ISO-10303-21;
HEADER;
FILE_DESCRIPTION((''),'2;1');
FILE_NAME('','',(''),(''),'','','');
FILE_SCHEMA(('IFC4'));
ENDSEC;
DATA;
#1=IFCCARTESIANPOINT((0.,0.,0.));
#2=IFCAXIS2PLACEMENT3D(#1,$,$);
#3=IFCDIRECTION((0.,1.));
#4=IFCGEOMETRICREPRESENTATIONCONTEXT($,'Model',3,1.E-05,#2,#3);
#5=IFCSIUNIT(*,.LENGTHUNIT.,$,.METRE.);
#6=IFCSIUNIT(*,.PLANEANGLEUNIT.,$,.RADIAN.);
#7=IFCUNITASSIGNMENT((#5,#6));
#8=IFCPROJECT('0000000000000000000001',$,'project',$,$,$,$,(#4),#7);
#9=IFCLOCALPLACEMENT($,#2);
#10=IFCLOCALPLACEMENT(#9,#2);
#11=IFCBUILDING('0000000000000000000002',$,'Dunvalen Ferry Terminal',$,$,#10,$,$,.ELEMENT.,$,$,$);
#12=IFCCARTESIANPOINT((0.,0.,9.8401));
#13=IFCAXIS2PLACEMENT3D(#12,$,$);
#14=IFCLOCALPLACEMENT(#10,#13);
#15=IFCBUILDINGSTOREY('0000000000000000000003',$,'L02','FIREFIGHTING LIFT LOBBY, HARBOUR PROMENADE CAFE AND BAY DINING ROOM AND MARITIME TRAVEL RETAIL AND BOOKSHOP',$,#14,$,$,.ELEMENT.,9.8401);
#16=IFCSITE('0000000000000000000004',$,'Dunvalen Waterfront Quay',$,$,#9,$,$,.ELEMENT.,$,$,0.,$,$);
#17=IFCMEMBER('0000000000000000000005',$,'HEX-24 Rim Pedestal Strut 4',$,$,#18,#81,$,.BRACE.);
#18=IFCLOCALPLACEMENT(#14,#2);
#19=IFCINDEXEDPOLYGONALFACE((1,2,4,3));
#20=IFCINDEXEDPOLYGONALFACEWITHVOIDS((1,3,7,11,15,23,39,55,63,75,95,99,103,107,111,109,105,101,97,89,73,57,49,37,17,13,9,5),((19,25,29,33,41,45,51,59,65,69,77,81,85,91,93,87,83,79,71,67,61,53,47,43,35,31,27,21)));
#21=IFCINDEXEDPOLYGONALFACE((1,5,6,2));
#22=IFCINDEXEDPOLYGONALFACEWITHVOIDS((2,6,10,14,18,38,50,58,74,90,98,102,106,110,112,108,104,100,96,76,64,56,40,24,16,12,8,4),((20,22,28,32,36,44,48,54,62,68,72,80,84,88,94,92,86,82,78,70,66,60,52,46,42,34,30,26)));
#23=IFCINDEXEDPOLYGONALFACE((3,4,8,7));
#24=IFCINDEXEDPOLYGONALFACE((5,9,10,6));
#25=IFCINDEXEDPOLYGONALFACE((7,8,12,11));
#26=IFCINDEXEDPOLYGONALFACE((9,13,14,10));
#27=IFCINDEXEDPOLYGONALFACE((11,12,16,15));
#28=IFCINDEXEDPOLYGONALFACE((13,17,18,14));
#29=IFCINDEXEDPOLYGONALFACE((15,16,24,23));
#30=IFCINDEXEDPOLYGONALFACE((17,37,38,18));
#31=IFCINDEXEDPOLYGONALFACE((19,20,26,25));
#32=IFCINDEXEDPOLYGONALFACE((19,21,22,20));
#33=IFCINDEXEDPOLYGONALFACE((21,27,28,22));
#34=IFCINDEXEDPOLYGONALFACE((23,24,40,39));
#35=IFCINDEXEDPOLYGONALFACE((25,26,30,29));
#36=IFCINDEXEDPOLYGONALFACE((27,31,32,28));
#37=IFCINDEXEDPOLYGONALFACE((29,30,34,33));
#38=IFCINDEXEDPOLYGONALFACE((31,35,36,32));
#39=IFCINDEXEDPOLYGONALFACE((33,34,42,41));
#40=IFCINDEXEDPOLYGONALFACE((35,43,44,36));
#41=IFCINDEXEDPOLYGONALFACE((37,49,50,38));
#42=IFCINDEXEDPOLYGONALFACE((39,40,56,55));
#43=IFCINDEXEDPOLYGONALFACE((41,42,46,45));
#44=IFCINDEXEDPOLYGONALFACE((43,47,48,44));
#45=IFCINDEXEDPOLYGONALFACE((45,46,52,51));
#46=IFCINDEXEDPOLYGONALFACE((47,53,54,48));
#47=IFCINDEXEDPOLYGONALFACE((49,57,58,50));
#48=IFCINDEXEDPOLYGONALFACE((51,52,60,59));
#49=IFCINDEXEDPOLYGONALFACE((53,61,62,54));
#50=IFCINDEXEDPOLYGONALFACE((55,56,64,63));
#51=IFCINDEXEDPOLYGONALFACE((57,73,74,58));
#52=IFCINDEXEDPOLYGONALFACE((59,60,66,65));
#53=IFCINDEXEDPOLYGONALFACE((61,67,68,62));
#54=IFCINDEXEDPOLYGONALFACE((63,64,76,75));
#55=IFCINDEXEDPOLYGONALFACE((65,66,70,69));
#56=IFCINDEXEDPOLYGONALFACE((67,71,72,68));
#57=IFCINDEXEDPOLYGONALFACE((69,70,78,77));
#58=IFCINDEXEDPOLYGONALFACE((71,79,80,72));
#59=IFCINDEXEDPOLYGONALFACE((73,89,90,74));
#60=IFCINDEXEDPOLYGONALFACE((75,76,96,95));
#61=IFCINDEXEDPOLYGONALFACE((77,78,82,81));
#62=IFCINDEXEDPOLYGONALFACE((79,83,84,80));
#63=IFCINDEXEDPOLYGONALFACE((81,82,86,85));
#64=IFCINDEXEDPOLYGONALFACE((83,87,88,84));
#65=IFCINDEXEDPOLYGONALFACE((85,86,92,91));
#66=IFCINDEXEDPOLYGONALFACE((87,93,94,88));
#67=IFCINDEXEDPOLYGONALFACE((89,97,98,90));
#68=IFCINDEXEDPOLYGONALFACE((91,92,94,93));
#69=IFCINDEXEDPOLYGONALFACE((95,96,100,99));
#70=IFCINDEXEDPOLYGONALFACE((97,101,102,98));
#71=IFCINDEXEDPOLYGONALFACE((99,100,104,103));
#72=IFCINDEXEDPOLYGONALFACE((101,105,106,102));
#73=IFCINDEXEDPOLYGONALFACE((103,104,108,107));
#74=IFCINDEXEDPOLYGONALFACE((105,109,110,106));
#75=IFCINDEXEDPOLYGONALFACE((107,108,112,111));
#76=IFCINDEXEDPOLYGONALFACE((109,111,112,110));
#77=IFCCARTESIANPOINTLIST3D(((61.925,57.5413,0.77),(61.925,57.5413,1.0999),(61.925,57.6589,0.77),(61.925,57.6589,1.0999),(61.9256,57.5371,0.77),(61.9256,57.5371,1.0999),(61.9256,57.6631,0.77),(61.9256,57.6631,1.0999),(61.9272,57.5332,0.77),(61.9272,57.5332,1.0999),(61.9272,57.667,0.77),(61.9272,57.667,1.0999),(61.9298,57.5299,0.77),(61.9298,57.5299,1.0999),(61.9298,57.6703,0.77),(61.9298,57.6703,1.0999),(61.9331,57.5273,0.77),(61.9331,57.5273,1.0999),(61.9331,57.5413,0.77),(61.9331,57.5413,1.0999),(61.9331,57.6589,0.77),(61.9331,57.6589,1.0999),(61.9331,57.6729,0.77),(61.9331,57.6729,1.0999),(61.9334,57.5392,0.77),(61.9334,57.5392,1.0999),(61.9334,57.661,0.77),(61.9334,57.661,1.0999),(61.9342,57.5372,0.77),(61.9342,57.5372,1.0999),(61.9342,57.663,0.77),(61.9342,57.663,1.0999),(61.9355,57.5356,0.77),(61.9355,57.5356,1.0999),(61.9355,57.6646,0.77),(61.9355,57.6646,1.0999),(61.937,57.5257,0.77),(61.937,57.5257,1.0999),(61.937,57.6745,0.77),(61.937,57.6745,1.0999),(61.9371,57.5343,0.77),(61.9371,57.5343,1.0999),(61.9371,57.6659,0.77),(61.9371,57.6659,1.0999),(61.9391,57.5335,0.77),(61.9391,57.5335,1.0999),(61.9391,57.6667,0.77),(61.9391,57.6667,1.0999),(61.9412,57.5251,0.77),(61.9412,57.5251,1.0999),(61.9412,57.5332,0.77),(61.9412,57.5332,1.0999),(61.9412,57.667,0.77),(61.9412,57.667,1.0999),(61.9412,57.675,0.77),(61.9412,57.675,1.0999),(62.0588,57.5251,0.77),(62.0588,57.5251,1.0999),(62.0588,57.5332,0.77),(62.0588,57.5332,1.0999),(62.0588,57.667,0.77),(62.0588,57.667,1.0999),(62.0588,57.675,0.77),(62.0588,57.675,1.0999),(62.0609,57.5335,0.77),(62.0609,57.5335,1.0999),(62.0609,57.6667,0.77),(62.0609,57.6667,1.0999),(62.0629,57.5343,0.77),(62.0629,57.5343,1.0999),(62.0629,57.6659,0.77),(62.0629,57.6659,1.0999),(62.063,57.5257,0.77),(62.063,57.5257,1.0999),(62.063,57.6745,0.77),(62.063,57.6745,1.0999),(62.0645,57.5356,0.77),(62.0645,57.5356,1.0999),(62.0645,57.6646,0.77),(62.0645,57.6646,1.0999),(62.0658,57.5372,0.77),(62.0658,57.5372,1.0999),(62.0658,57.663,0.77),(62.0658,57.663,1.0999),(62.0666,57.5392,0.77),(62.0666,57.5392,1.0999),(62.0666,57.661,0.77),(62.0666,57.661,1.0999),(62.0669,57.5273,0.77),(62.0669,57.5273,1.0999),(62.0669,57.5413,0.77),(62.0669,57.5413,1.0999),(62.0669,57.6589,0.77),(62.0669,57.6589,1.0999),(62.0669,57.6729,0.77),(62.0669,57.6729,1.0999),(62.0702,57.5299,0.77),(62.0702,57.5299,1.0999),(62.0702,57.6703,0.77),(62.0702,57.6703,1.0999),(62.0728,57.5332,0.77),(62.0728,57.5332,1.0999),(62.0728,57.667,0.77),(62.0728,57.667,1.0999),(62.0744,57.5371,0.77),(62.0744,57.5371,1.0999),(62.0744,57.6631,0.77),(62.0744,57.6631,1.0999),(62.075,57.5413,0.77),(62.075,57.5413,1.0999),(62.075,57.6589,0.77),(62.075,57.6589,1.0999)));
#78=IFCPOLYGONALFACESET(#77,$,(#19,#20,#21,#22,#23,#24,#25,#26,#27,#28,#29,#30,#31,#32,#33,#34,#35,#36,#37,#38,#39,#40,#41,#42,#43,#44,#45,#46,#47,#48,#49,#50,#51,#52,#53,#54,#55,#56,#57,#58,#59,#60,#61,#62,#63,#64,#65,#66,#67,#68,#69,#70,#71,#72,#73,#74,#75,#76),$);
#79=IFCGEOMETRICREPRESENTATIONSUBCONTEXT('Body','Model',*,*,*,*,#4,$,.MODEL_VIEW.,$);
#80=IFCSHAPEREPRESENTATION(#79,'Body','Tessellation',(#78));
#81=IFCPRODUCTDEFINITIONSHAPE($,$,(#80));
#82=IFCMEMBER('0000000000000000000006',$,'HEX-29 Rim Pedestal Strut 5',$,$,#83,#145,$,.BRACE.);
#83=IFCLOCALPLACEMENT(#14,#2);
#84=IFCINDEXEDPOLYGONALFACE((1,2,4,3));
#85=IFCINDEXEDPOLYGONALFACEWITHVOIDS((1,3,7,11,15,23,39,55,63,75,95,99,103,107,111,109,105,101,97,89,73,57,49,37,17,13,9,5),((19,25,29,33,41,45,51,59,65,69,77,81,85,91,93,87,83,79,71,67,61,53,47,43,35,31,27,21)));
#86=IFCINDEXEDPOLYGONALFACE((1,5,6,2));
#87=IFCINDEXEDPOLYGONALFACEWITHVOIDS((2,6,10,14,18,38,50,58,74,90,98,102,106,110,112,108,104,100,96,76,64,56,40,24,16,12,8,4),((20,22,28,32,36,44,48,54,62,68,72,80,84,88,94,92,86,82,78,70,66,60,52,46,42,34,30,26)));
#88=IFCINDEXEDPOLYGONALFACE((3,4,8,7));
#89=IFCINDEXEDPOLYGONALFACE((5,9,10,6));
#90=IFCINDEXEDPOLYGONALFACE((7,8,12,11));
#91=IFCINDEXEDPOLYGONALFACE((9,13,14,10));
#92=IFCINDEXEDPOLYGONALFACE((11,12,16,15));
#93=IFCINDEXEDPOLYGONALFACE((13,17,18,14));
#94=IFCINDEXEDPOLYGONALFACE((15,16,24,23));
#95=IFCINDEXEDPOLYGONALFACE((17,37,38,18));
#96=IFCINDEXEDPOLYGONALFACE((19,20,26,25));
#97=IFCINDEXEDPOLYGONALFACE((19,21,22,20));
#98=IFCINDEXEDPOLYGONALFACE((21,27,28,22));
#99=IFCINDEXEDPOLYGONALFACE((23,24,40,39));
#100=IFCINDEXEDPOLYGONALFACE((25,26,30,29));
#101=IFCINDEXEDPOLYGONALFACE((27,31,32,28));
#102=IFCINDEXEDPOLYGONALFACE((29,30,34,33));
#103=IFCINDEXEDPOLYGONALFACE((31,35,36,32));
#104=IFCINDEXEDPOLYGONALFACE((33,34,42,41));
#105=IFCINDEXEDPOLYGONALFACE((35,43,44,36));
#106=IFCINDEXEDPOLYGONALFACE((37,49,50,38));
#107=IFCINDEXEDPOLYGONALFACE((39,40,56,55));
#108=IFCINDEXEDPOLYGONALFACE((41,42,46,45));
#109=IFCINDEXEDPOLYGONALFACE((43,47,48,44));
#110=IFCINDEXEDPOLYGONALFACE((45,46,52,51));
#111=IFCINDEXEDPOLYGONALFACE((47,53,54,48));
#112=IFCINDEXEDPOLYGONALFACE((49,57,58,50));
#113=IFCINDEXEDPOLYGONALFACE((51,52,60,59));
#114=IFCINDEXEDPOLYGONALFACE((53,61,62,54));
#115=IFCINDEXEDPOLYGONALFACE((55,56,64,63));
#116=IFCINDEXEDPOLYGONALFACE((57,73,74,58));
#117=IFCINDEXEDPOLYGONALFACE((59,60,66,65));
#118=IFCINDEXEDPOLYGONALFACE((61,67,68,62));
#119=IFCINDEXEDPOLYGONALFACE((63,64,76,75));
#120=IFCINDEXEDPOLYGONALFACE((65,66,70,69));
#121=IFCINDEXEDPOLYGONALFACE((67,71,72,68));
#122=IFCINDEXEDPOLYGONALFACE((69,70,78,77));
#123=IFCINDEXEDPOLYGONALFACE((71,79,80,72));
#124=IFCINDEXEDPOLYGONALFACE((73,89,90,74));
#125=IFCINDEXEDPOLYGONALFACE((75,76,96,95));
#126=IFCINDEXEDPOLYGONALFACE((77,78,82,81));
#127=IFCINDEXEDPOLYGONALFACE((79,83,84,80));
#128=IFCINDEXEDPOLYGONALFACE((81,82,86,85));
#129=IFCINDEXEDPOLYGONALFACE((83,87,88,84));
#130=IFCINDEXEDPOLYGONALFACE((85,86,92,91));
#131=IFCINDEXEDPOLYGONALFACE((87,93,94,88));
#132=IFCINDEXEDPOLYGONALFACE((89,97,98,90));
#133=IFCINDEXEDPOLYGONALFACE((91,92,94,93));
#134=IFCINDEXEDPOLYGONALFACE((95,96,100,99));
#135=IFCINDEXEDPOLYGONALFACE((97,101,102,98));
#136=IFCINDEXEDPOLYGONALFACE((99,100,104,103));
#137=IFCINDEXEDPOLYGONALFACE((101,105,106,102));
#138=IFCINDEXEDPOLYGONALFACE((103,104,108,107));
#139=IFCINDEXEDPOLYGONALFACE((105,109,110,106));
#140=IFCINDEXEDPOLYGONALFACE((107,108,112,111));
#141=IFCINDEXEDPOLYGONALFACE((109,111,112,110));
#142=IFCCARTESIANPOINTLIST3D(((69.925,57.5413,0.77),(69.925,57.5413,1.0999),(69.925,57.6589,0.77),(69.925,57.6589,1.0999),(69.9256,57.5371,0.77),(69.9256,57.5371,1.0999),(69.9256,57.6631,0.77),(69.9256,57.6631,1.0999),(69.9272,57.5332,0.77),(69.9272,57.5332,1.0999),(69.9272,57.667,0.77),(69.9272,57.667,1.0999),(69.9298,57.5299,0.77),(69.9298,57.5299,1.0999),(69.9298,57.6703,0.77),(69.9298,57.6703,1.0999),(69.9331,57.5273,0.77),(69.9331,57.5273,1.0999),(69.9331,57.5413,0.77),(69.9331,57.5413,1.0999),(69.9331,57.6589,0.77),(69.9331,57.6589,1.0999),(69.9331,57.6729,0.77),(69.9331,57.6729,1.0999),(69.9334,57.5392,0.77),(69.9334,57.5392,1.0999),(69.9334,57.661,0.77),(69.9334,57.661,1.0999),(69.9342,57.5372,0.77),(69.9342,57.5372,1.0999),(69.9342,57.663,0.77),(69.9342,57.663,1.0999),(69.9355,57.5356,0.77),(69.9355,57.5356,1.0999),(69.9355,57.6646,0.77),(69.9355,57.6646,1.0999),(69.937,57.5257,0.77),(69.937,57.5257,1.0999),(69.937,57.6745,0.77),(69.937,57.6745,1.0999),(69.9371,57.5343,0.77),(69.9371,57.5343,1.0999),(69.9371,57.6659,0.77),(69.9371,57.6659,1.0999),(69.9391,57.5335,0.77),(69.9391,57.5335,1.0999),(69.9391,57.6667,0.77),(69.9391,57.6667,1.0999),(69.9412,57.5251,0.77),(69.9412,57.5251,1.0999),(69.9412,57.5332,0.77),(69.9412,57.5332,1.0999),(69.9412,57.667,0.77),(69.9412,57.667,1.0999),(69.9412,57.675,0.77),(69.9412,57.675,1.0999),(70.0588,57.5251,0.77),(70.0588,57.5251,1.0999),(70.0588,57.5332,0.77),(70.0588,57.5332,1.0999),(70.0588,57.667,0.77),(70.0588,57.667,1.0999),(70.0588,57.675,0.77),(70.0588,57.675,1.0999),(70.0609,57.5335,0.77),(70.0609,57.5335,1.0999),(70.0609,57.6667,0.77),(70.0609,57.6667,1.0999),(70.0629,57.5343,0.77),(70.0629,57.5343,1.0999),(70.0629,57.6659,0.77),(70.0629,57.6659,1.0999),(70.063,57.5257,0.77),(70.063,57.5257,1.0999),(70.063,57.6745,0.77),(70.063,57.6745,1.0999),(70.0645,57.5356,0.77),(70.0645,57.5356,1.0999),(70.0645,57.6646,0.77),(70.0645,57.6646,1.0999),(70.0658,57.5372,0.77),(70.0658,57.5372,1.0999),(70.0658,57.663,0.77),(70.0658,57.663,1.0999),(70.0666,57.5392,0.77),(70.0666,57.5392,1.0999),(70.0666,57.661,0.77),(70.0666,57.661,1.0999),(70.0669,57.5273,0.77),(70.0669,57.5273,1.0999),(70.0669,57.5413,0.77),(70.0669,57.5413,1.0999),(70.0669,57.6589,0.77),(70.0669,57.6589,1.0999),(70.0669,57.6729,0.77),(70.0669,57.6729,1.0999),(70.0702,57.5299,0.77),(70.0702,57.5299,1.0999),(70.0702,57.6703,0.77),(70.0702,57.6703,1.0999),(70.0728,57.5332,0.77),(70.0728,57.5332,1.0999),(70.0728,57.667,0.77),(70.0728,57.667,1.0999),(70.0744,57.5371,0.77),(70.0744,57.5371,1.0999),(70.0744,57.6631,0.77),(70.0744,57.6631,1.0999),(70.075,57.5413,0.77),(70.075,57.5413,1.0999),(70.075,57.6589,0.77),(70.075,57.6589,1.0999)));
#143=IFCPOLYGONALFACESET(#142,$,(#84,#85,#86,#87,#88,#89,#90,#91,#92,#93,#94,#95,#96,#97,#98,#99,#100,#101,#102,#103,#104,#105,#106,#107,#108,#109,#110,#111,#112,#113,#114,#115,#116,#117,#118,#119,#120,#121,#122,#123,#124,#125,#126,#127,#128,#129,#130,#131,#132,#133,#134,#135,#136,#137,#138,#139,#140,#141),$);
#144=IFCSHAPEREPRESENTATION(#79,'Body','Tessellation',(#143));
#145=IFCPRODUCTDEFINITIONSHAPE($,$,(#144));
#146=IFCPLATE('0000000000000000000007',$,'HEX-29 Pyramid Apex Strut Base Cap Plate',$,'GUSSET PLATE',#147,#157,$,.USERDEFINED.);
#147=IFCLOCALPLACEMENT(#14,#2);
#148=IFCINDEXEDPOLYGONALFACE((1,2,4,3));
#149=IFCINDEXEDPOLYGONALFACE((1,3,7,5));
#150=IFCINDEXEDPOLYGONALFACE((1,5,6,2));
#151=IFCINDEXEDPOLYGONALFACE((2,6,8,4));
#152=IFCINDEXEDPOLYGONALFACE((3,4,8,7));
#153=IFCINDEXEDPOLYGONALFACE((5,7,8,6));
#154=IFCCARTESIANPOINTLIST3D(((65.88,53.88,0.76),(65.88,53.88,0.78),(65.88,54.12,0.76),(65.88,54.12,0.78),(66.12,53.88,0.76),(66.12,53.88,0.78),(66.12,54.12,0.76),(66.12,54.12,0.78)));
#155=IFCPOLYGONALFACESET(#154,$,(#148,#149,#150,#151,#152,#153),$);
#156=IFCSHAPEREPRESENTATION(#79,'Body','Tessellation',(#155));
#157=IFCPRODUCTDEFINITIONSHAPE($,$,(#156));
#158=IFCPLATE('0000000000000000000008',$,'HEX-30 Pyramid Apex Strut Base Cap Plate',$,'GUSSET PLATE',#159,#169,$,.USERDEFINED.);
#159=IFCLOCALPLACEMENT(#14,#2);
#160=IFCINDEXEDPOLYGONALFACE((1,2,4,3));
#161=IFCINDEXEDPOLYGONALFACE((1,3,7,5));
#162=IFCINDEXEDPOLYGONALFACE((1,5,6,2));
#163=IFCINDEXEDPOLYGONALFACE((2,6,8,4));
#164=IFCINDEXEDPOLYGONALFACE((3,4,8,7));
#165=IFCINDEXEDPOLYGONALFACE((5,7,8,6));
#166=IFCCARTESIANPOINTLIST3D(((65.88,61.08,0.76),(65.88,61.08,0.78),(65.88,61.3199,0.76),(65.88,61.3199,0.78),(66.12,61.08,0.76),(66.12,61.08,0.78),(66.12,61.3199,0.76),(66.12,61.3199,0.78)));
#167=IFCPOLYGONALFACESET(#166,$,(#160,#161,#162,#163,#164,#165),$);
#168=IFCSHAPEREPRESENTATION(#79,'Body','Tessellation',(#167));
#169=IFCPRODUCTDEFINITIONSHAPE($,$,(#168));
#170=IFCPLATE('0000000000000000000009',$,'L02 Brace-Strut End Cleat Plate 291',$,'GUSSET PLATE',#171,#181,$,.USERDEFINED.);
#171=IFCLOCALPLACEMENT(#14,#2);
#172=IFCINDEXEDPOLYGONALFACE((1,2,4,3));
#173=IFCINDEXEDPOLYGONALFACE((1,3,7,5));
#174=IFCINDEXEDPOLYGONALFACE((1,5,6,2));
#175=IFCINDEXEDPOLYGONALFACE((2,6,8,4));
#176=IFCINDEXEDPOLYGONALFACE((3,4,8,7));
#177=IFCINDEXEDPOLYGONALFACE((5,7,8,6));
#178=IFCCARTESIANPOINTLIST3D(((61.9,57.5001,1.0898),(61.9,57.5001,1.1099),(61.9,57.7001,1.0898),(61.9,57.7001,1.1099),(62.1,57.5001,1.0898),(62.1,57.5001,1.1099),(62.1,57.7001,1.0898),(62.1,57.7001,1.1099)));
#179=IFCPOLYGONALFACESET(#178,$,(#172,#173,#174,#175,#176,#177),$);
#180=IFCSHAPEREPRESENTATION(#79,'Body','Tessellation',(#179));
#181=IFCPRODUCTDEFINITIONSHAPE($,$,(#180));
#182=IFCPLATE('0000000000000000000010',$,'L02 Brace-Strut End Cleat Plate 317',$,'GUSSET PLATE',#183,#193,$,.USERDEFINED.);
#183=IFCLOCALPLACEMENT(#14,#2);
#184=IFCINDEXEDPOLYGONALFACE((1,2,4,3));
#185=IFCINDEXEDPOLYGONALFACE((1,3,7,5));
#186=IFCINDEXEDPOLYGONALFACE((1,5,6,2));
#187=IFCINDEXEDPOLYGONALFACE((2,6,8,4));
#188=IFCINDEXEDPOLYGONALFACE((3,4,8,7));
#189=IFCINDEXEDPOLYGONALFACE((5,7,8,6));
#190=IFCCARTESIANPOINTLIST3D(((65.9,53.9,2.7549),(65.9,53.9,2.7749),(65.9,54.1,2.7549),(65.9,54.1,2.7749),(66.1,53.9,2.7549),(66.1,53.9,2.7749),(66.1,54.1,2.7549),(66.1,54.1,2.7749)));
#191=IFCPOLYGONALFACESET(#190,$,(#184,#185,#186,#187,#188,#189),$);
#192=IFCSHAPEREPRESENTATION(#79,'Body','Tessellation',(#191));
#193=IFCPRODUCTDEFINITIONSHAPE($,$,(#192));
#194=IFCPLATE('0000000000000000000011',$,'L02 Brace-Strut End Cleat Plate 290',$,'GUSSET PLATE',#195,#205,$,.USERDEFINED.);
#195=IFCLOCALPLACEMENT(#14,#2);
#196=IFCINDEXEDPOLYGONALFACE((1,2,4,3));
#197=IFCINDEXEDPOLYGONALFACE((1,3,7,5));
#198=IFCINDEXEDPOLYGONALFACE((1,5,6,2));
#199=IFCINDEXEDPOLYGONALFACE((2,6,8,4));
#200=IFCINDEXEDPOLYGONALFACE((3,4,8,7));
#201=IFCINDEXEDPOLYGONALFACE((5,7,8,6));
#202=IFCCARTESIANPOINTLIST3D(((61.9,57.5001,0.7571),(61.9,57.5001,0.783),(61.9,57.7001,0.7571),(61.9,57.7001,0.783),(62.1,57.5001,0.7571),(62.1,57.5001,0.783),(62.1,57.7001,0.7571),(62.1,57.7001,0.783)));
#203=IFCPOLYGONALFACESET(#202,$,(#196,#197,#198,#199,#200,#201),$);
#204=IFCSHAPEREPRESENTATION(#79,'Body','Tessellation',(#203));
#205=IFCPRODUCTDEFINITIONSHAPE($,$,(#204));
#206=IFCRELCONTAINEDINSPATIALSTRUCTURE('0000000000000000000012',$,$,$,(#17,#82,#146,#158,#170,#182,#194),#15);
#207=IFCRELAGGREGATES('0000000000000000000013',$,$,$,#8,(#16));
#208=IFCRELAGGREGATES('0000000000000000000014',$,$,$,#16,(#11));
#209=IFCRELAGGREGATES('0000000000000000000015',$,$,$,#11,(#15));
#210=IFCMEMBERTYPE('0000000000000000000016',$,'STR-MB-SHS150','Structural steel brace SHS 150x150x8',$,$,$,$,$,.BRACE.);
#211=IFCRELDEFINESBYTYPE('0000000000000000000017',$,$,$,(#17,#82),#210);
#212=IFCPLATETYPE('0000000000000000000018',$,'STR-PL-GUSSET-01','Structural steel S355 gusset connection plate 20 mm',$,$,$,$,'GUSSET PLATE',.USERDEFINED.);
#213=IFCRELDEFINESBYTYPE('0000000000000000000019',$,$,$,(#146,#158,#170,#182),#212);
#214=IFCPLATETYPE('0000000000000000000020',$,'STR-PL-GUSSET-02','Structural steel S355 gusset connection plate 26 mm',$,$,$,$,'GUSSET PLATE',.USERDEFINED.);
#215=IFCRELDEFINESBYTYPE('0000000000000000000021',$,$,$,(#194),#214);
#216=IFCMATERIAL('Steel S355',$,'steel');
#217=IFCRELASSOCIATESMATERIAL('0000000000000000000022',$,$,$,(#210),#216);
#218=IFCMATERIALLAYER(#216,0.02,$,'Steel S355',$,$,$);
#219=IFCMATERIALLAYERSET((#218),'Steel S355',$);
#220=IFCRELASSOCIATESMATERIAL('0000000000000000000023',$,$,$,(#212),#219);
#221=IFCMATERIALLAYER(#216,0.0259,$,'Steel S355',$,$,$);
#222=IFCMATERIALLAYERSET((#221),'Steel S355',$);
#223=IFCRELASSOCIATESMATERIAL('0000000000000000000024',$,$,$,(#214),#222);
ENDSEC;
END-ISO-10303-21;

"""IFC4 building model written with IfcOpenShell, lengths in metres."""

from ifc_helpers import new_model, si_unit, direction, frame, origin, origin_2d, place, context, subcontext, project, spatial, rectangle, hollow_rectangle, extrude, material, layer, layer_set, material_profile, profile_set, type_object, element, save


model = new_model("IFC4")

# Units and contexts
model_context = context("Model", 3, precision=1e-05, world=origin(), true_north=direction((0.0, 1.0)))
body_context = subcontext(model_context, "Body", "Model", "MODEL_VIEW")
ifc_project = project(units=[si_unit("LENGTHUNIT", "METRE"), si_unit("PLANEANGLEUNIT", "RADIAN")], contexts=[model_context])

# Site, building, storey
site_placement = place(None, origin())
site = spatial("IfcSite", under=ifc_project, at=site_placement, Name="Dunvalen Waterfront Quay", CompositionType="ELEMENT", RefElevation=0.0)
building_placement = place(site_placement, origin())
building = spatial("IfcBuilding", under=site, at=building_placement, Name="Dunvalen Ferry Terminal", CompositionType="ELEMENT")
storey_placement = place(building_placement, frame((0.0, 0.0, 9.8401)))
storey = spatial("IfcBuildingStorey", under=building, at=storey_placement, Name="L02", Description="FIREFIGHTING LIFT LOBBY, HARBOUR PROMENADE CAFE AND BAY DINING ROOM AND MARITIME TRAVEL RETAIL AND BOOKSHOP", CompositionType="ELEMENT", Elevation=9.8401)

# Shared definitions
ifc_material_1 = material(Name="Steel S355", Category="steel")

# Members
ifc_material_profile_1 = material_profile(ifc_material_1, hollow_rectangle(XDim=0.1499, YDim=0.1499, WallThickness=0.0081, InnerFilletRadius=0.0081, OuterFilletRadius=0.0161, at=origin_2d()), Name="Steel S355")
ifc_profile_set_1 = profile_set([ifc_material_profile_1], Name="Steel S355")
member_type_1 = type_object("IfcMemberType", Name="STR-MB-SHS150", Description="Structural steel brace SHS 150x150x8", PredefinedType="BRACE", material=ifc_profile_set_1)
for number, where, z_axis, x_axis, name in (
    (1, (62.0, 57.6001, 0.77), (0.0, 0.0, 1.0), (1.0, 0.0, 0.0), "HEX-24 Rim Pedestal Strut 4"),
    (2, (70.0, 57.6001, 0.77), (0.0, 0.0, 1.0), (1.0, 0.0, 0.0), "HEX-29 Rim Pedestal Strut 5"),
):
    element("IfcMember", number, at=place(storey_placement, frame(where, z_axis=z_axis, x_axis=x_axis)), inside=storey, type_object=member_type_1, Name=name, PredefinedType="BRACE", context=body_context, shape_type="SweptSolid", body=[
        extrude(hollow_rectangle(XDim=0.1499, YDim=0.1499, WallThickness=0.0081, InnerFilletRadius=0.0081, OuterFilletRadius=0.0161, at=origin_2d()), origin(), (0.0, 0.0, 1.0), 0.3298),
    ])

# Plates
ifc_layer_1 = layer(ifc_material_1, 0.02, Name="Steel S355")
ifc_layer_set_1 = layer_set([ifc_layer_1], Name="Steel S355")
plate_type_1 = type_object("IfcPlateType", Name="STR-PL-GUSSET-01", Description="Structural steel S355 gusset connection plate 20 mm", ElementType="GUSSET PLATE", PredefinedType="USERDEFINED", material=ifc_layer_set_1)
for number, where, z_axis, x_axis, name in (
    (3, (66.0, 54.0, 0.76), (0.0, 0.0, 1.0), (1.0, 0.0, 0.0), "HEX-29 Pyramid Apex Strut Base Cap Plate"),
    (4, (66.0, 61.2, 0.76), (0.0, 0.0, 1.0), (1.0, 0.0, 0.0), "HEX-30 Pyramid Apex Strut Base Cap Plate"),
):
    element("IfcPlate", number, at=place(storey_placement, frame(where, z_axis=z_axis, x_axis=x_axis)), inside=storey, type_object=plate_type_1, Name=name, ObjectType="GUSSET PLATE", PredefinedType="USERDEFINED", context=body_context, shape_type="SweptSolid", body=[
        extrude(rectangle(XDim=0.24, YDim=0.24, at=origin_2d()), origin(), (0.0, 0.0, 1.0), 0.02),
    ])
for number, where, z_axis, x_axis, name in (
    (5, (62.0, 57.6001, 1.0898), (0.0, 0.0, 1.0), (1.0, 0.0, 0.0), "L02 Brace-Strut End Cleat Plate 291"),
    (6, (66.0, 54.0, 2.7549), (0.0, 0.0, 1.0), (1.0, 0.0, 0.0), "L02 Brace-Strut End Cleat Plate 317"),
):
    element("IfcPlate", number, at=place(storey_placement, frame(where, z_axis=z_axis, x_axis=x_axis)), inside=storey, type_object=plate_type_1, Name=name, ObjectType="GUSSET PLATE", PredefinedType="USERDEFINED", context=body_context, shape_type="SweptSolid", body=[
        extrude(rectangle(XDim=0.2, YDim=0.2, at=origin_2d()), origin(), (0.0, 0.0, 1.0), 0.02),
    ])
ifc_layer_2 = layer(ifc_material_1, 0.0259, Name="Steel S355")
ifc_layer_set_2 = layer_set([ifc_layer_2], Name="Steel S355")
plate_type_2 = type_object("IfcPlateType", Name="STR-PL-GUSSET-02", Description="Structural steel S355 gusset connection plate 26 mm", ElementType="GUSSET PLATE", PredefinedType="USERDEFINED", material=ifc_layer_set_2)
for number, where, z_axis, x_axis, name in (
    (7, (62.0, 57.6001, 0.7571), (0.0, 0.0, 1.0), (1.0, 0.0, 0.0), "L02 Brace-Strut End Cleat Plate 290"),
):
    element("IfcPlate", number, at=place(storey_placement, frame(where, z_axis=z_axis, x_axis=x_axis)), inside=storey, type_object=plate_type_2, Name=name, ObjectType="GUSSET PLATE", PredefinedType="USERDEFINED", context=body_context, shape_type="SweptSolid", body=[
        extrude(rectangle(XDim=0.2, YDim=0.2, at=origin_2d()), origin(), (0.0, 0.0, 1.0), 0.0259),
    ])

save(model, "model.ifc")
